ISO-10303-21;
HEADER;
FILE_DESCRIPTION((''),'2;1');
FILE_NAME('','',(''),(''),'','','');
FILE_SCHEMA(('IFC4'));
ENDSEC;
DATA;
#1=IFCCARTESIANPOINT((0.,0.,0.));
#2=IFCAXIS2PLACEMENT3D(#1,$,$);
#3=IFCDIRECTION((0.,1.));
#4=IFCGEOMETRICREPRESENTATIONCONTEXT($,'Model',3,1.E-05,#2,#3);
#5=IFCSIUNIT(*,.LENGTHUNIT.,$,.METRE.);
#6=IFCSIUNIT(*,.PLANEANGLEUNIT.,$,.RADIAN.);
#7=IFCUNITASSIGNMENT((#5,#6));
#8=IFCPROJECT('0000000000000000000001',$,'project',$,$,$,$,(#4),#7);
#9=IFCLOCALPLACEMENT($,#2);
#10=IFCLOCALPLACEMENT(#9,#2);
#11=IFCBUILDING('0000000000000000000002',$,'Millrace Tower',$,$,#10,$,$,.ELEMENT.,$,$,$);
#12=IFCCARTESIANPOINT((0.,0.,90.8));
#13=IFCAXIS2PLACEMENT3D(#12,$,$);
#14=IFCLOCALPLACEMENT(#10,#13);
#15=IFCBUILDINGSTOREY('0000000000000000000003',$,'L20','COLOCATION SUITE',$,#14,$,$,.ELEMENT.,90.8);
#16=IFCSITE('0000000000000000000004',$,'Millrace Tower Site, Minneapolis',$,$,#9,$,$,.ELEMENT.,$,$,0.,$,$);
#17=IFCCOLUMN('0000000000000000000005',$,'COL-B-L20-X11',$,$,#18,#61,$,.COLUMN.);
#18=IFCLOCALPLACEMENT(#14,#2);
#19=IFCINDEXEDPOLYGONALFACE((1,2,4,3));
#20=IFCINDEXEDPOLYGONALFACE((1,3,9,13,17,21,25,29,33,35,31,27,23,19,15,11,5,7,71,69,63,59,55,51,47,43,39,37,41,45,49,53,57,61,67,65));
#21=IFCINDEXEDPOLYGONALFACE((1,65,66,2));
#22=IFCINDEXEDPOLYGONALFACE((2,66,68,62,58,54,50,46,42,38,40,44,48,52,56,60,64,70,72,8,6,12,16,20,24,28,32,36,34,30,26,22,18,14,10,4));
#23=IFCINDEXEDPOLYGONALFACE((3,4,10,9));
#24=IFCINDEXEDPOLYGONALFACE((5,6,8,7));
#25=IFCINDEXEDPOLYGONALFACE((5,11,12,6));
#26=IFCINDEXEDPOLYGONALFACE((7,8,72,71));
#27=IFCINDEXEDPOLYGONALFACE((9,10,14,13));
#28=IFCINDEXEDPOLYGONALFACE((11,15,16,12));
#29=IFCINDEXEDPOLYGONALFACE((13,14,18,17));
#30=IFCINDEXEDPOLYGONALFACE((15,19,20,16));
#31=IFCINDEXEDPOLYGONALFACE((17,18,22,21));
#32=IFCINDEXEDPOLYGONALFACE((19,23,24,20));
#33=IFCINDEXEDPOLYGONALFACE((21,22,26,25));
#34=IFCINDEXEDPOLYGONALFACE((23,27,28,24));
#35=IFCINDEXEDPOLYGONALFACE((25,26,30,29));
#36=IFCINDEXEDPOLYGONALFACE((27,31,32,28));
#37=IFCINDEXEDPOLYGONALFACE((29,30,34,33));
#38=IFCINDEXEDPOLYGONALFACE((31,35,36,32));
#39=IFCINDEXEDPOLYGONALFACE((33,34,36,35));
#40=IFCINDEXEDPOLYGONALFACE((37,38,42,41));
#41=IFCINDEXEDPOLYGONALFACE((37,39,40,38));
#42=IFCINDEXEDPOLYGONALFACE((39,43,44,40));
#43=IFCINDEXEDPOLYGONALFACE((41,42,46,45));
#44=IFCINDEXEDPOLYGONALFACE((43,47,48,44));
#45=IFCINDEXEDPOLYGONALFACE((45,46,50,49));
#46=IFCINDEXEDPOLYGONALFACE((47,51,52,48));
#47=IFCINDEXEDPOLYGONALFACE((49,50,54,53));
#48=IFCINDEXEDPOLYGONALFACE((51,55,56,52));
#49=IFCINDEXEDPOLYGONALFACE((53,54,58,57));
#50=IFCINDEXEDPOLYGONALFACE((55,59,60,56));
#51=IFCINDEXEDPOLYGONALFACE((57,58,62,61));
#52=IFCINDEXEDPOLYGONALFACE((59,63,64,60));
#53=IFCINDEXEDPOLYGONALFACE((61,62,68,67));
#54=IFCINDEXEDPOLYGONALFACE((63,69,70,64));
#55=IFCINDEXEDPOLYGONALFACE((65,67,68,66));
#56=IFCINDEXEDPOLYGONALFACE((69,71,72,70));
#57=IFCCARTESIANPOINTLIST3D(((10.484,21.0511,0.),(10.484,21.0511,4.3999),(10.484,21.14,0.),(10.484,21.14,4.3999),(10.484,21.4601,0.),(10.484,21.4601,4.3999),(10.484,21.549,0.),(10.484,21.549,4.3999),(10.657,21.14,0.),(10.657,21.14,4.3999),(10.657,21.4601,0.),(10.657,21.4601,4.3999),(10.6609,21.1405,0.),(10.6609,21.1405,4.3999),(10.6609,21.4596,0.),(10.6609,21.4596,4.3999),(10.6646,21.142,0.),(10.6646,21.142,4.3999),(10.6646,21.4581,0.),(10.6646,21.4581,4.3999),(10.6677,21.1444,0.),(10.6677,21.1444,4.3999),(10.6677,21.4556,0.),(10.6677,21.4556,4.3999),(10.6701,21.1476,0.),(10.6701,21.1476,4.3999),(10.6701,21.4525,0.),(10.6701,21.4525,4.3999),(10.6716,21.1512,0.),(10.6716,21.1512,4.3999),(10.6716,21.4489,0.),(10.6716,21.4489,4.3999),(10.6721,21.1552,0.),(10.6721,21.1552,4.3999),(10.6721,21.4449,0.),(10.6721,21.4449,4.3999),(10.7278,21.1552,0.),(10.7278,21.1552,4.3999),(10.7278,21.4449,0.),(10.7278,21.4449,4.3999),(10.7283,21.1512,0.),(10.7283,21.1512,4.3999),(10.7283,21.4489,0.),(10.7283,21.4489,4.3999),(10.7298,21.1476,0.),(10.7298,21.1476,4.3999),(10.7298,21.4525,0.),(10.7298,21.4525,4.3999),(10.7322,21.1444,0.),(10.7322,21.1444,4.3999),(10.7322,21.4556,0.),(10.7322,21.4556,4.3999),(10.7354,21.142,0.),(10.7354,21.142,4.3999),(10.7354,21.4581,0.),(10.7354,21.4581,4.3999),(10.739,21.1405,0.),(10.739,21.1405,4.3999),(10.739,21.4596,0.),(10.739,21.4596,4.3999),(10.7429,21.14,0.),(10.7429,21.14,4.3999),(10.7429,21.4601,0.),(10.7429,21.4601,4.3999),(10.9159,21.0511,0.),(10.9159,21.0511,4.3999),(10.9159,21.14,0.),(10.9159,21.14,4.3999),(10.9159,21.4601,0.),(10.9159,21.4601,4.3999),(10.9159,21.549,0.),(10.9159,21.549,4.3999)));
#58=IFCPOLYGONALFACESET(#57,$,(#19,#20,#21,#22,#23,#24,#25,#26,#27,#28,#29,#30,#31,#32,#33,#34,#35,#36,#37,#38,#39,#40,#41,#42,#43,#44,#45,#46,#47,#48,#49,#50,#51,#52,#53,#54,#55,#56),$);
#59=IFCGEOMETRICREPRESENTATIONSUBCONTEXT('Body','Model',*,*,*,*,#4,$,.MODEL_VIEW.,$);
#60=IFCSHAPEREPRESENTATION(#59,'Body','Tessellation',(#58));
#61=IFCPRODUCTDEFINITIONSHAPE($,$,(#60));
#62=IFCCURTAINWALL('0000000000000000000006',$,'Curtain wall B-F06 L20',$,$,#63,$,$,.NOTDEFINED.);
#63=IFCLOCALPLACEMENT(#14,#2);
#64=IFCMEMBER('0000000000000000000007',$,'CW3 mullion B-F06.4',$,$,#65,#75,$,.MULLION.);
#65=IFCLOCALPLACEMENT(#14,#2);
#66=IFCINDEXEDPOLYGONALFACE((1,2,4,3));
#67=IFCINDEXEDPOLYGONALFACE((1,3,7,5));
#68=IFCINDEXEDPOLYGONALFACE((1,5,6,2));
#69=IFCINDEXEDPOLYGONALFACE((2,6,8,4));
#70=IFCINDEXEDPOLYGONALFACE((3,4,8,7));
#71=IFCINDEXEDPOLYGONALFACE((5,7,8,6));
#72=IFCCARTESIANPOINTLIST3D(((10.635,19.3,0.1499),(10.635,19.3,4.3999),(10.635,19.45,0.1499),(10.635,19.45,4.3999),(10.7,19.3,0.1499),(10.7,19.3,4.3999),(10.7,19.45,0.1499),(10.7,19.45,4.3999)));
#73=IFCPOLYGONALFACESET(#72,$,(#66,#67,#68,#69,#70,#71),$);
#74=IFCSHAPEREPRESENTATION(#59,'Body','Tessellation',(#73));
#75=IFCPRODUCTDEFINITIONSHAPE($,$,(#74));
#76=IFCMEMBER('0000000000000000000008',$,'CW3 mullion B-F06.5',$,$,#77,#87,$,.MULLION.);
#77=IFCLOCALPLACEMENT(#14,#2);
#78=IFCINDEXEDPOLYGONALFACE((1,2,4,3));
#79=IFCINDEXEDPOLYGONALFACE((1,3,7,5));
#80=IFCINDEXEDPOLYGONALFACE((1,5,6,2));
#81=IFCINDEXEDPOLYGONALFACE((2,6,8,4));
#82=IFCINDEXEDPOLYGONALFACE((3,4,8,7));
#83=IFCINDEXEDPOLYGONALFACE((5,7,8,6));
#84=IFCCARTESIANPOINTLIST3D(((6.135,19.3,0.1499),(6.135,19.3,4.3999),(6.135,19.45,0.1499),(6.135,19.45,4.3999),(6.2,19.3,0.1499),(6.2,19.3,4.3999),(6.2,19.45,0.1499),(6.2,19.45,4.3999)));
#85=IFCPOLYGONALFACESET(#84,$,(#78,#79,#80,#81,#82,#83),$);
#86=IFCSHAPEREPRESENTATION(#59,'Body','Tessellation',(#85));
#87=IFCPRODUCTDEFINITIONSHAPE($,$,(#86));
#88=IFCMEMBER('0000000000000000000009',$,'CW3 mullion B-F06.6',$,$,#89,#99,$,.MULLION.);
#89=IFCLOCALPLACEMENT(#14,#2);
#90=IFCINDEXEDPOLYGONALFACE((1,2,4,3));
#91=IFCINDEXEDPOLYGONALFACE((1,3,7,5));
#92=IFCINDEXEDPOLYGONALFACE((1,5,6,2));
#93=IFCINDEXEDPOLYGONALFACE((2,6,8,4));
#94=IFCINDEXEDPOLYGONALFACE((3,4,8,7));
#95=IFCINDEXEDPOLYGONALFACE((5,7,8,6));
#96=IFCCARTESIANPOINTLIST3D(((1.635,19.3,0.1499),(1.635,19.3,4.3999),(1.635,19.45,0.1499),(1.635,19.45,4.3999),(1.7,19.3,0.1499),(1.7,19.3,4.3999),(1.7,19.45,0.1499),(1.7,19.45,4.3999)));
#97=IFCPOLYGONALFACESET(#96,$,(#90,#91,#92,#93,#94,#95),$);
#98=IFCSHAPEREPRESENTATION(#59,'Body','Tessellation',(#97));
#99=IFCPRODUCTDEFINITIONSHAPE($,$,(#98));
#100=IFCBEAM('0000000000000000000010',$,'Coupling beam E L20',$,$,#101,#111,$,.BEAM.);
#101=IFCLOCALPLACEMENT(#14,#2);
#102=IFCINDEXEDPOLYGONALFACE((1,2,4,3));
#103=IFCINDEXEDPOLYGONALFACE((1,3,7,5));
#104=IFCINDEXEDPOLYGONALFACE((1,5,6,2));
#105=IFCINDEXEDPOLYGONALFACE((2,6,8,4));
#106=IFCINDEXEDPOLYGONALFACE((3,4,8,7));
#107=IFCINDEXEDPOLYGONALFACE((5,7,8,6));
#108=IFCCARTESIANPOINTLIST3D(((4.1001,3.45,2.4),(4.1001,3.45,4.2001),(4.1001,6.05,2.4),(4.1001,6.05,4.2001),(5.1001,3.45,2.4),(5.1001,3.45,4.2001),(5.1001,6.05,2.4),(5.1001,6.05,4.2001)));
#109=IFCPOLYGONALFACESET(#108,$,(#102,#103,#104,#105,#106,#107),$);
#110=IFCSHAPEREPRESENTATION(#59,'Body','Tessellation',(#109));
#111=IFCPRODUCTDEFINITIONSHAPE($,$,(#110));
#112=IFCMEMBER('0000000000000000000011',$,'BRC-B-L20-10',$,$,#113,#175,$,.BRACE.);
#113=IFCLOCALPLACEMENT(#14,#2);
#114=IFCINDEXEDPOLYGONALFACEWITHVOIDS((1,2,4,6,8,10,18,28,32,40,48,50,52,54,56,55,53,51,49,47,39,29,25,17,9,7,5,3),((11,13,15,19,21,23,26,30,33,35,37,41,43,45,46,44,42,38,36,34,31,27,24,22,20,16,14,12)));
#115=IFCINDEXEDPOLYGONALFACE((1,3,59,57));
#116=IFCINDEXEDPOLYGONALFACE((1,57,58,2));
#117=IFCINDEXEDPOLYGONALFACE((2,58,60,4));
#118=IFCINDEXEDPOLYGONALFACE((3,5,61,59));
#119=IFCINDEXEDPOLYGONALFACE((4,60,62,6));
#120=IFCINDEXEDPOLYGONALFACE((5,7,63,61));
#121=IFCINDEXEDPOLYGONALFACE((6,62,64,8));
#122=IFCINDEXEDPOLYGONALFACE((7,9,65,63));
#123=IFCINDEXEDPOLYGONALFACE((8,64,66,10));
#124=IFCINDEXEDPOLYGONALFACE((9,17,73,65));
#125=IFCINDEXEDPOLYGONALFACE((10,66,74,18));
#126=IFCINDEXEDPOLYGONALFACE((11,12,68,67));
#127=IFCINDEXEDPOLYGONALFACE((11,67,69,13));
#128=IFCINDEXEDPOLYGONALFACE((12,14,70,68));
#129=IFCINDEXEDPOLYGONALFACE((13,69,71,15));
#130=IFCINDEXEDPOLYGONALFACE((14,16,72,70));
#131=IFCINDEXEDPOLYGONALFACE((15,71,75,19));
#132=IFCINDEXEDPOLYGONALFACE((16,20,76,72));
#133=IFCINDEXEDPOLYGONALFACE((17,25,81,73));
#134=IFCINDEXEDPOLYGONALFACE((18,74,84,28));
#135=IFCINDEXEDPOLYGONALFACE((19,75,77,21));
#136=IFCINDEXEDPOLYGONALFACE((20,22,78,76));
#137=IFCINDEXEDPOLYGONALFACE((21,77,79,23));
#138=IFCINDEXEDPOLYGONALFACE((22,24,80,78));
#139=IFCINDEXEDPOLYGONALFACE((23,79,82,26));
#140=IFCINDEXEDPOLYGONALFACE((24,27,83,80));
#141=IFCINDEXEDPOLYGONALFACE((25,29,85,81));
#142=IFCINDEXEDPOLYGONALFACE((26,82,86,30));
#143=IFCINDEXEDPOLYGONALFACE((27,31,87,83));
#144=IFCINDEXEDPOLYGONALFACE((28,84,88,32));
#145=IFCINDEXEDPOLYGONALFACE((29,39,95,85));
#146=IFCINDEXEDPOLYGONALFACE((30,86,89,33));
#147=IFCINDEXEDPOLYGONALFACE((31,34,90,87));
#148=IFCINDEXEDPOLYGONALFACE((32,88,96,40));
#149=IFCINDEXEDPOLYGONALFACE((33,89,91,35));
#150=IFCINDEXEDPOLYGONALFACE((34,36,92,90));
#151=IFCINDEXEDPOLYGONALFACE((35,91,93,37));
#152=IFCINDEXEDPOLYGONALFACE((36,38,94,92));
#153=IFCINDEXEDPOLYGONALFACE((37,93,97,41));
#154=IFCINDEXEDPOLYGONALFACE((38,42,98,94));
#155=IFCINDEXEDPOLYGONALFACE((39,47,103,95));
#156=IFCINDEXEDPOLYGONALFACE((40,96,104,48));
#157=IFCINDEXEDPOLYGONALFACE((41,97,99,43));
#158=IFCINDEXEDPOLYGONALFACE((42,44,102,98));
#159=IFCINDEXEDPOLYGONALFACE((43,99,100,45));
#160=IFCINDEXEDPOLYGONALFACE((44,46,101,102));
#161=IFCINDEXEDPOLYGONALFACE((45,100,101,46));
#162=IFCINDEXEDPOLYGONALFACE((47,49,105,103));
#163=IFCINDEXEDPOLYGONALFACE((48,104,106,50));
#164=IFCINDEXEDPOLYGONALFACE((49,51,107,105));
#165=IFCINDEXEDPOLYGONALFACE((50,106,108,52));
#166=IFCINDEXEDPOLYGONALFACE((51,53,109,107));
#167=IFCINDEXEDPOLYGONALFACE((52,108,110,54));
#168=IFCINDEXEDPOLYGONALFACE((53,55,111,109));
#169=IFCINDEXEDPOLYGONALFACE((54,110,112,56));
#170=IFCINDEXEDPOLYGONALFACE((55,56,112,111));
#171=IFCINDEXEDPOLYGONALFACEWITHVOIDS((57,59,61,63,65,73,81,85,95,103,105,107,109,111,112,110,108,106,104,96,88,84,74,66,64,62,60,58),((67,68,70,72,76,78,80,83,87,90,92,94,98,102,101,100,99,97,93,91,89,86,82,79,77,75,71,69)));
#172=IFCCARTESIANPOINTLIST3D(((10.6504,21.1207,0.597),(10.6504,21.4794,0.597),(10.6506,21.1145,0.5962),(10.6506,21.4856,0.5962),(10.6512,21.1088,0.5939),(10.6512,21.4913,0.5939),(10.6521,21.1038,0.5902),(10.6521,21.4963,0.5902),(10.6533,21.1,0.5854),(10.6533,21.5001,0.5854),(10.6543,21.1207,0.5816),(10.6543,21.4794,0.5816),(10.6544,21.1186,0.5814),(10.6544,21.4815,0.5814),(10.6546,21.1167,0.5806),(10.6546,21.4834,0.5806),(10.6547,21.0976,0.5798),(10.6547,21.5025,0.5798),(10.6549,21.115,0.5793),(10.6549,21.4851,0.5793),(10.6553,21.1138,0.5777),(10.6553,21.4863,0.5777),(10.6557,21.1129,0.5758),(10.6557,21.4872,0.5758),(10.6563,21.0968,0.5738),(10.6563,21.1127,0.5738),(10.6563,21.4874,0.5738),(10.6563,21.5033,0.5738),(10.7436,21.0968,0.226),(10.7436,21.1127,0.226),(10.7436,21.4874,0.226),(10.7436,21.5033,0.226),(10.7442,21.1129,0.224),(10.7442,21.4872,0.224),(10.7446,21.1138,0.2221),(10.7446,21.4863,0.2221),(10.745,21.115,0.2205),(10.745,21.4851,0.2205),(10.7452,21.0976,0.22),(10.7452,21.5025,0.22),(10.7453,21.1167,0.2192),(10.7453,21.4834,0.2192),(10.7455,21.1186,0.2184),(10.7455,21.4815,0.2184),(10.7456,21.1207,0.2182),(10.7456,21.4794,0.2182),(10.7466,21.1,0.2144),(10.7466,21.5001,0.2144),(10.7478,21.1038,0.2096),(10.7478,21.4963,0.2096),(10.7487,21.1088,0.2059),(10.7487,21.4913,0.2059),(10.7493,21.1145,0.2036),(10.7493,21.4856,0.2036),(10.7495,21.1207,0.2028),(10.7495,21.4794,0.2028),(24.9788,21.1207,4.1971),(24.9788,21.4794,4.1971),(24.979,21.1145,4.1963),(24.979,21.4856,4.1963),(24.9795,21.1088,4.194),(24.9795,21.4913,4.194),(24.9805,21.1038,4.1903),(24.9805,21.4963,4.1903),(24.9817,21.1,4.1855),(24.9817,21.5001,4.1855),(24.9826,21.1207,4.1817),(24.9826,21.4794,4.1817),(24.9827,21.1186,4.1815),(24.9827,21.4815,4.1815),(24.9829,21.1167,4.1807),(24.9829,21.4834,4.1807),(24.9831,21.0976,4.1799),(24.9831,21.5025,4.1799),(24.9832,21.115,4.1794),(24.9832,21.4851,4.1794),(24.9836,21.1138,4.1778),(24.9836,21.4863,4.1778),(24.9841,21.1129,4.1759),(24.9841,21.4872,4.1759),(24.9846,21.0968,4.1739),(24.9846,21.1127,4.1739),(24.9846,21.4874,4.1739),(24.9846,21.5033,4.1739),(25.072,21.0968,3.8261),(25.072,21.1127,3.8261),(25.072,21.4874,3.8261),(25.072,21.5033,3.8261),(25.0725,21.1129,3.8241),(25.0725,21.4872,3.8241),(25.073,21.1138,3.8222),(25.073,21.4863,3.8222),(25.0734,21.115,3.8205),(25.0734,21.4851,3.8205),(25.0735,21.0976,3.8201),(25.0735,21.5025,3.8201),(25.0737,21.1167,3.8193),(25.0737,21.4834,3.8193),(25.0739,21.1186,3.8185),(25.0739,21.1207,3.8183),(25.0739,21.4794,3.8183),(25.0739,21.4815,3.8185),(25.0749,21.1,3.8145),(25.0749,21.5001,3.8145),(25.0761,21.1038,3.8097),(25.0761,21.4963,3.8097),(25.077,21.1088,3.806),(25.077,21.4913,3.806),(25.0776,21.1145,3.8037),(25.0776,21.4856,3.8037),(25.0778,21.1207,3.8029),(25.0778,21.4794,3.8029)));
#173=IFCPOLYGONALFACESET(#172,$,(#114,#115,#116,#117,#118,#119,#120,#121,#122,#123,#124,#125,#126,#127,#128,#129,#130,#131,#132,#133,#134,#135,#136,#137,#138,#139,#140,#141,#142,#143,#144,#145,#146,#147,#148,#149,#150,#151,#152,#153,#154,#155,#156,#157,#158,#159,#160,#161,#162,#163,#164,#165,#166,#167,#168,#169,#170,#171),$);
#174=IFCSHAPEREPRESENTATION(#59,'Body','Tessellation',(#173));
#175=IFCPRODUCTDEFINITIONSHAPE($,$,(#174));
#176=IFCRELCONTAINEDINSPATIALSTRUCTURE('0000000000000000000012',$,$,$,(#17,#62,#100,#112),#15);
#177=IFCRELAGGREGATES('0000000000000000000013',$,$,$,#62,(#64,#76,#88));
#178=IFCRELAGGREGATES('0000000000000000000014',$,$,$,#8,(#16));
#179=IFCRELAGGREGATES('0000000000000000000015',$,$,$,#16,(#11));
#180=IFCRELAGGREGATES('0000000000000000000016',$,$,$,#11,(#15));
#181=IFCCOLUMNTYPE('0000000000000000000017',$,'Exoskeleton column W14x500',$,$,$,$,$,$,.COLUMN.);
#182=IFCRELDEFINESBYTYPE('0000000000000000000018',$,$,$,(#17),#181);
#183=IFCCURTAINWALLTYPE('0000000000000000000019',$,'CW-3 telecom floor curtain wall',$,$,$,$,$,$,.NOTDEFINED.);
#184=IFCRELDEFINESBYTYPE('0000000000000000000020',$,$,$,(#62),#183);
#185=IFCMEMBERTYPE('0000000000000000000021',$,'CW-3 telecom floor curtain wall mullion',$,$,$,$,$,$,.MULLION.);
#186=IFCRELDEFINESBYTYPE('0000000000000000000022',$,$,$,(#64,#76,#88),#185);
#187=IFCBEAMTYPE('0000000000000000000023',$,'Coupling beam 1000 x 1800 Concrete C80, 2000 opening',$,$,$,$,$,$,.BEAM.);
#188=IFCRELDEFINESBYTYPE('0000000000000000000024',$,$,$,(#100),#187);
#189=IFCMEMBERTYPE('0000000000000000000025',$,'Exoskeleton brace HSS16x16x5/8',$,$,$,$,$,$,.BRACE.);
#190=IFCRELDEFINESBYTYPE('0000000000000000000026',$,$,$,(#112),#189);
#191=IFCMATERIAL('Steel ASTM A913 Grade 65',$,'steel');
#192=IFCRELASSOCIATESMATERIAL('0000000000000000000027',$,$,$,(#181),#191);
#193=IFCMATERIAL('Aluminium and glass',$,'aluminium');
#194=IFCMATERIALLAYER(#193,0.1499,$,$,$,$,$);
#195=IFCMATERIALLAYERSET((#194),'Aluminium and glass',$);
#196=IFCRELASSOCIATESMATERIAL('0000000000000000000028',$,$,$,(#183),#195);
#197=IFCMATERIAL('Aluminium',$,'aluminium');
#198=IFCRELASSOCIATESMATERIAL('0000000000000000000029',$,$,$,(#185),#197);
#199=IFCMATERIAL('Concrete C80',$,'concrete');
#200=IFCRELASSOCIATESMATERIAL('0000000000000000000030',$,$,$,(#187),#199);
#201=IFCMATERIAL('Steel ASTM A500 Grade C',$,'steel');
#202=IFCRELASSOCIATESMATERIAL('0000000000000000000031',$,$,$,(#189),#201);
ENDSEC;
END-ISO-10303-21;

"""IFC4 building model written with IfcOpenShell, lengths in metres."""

from ifc_helpers import new_model, si_unit, direction, frame, origin, origin_2d, place, context, subcontext, project, spatial, rectangle, hollow_rectangle, i_section, extrude, material, layer, layer_set, material_profile, profile_set, type_object, element, aggregate, save


model = new_model("IFC4")

# Units and contexts
model_context = context("Model", 3, precision=1e-05, world=origin(), true_north=direction((0.0, 1.0)))
body_context = subcontext(model_context, "Body", "Model", "MODEL_VIEW")
ifc_project = project(units=[si_unit("LENGTHUNIT", "METRE"), si_unit("PLANEANGLEUNIT", "RADIAN")], contexts=[model_context])

# Site, building, storey
site_placement = place(None, origin())
site = spatial("IfcSite", under=ifc_project, at=site_placement, Name="Millrace Tower Site, Minneapolis", CompositionType="ELEMENT", RefElevation=0.0)
building_placement = place(site_placement, origin())
building = spatial("IfcBuilding", under=site, at=building_placement, Name="Millrace Tower", CompositionType="ELEMENT")
storey_placement = place(building_placement, frame((0.0, 0.0, 90.8)))
storey = spatial("IfcBuildingStorey", under=building, at=storey_placement, Name="L20", Description="COLOCATION SUITE", CompositionType="ELEMENT", Elevation=90.8)

# Column
ifc_material_1 = material(Name="Steel ASTM A913 Grade 65", Category="steel")
ifc_material_profile_1 = material_profile(ifc_material_1, i_section(OverallWidth=0.4319, OverallDepth=0.4978, WebThickness=0.0557, FlangeThickness=0.0889, FilletRadius=0.0151, at=origin_2d()))
ifc_profile_set_1 = profile_set([ifc_material_profile_1], Name="Steel ASTM A913 Grade 65")
column_type = type_object("IfcColumnType", Name="Exoskeleton column W14x500", PredefinedType="COLUMN", material=ifc_profile_set_1)
column_placement = place(storey_placement, frame((10.7, 21.3, 0.0), z_axis=(0.0, 0.0, 1.0), x_axis=(-1.0, 0.0, 0.0)))
element("IfcColumn", 1, at=column_placement, inside=storey, type_object=column_type, Name="COL-B-L20-X11", PredefinedType="COLUMN", context=body_context, shape_type="SweptSolid", body=[
    extrude(i_section(OverallWidth=0.4319, OverallDepth=0.4978, WebThickness=0.0557, FlangeThickness=0.0889, FilletRadius=0.0151, at=origin_2d()), origin(), (0.0, 0.0, 1.0), 4.3999),
])

# Curtain wall, members
ifc_material_2 = material(Name="Aluminium and glass", Category="aluminium")
ifc_layer_1 = layer(ifc_material_2, 0.1499)
ifc_layer_set_1 = layer_set([ifc_layer_1], Name="Aluminium and glass")
curtain_wall_type = type_object("IfcCurtainWallType", Name="CW-3 telecom floor curtain wall", PredefinedType="NOTDEFINED", material=ifc_layer_set_1)
curtain_wall_placement = place(storey_placement, origin())
curtain_wall = element("IfcCurtainWall", 2, at=curtain_wall_placement, inside=storey, type_object=curtain_wall_type, Name="Curtain wall B-F06 L20", PredefinedType="NOTDEFINED")
ifc_material_3 = material(Name="Aluminium", Category="aluminium")
ifc_material_profile_2 = material_profile(ifc_material_3, rectangle(XDim=0.0649, YDim=0.1499, at=origin_2d()))
ifc_profile_set_2 = profile_set([ifc_material_profile_2], Name="Aluminium")
member_type_1 = type_object("IfcMemberType", Name="CW-3 telecom floor curtain wall mullion", PredefinedType="MULLION", material=ifc_profile_set_2)
member_1_placement = place(storey_placement, frame((10.6675, 19.375, 0.1499), z_axis=(0.0, 0.0, 1.0), x_axis=(-1.0, 0.0, 0.0)))
member_1 = element("IfcMember", 3, at=member_1_placement, type_object=member_type_1, Name="CW3 mullion B-F06.4", PredefinedType="MULLION", context=body_context, shape_type="SweptSolid", body=[
    extrude(rectangle(XDim=0.0649, YDim=0.1499, at=origin_2d()), origin(), (0.0, 0.0, 1.0), 4.25),
])
member_2_placement = place(storey_placement, frame((6.1675, 19.375, 0.1499), z_axis=(0.0, 0.0, 1.0), x_axis=(-1.0, 0.0, 0.0)))
member_2 = element("IfcMember", 4, at=member_2_placement, type_object=member_type_1, Name="CW3 mullion B-F06.5", PredefinedType="MULLION", context=body_context, shape_type="SweptSolid", body=[
    extrude(rectangle(XDim=0.0649, YDim=0.1499, at=origin_2d()), origin(), (0.0, 0.0, 1.0), 4.25),
])
member_3_placement = place(storey_placement, frame((1.6675, 19.375, 0.1499), z_axis=(0.0, 0.0, 1.0), x_axis=(-1.0, 0.0, 0.0)))
member_3 = element("IfcMember", 5, at=member_3_placement, type_object=member_type_1, Name="CW3 mullion B-F06.6", PredefinedType="MULLION", context=body_context, shape_type="SweptSolid", body=[
    extrude(rectangle(XDim=0.0649, YDim=0.1499, at=origin_2d()), origin(), (0.0, 0.0, 1.0), 4.25),
])
aggregate(curtain_wall, [member_1, member_2, member_3])

# Beam
ifc_material_4 = material(Name="Concrete C80", Category="concrete")
ifc_material_profile_3 = material_profile(ifc_material_4, rectangle(XDim=1.0, YDim=1.8, at=origin_2d()))
ifc_profile_set_3 = profile_set([ifc_material_profile_3], Name="Concrete C80")
beam_type_1 = type_object("IfcBeamType", Name="Coupling beam 1000 x 1800 Concrete C80, 2000 opening", PredefinedType="BEAM", material=ifc_profile_set_3)
beam_1_placement = place(storey_placement, frame((4.6001, 6.05, 3.3), z_axis=(0.0, -1.0, 0.0), x_axis=(1.0, 0.0, 0.0)))
element("IfcBeam", 6, at=beam_1_placement, inside=storey, type_object=beam_type_1, Name="Coupling beam E L20", PredefinedType="BEAM", context=body_context, shape_type="SweptSolid", body=[
    extrude(rectangle(XDim=1.0, YDim=1.8, at=origin_2d()), origin(), (0.0, 0.0, 1.0), 2.6001),
])

# Member
ifc_material_5 = material(Name="Steel ASTM A500 Grade C", Category="steel")
ifc_material_profile_4 = material_profile(ifc_material_5, hollow_rectangle(XDim=0.4065, YDim=0.4065, WallThickness=0.0159, InnerFilletRadius=0.0081, OuterFilletRadius=0.0239, at=origin_2d()))
ifc_profile_set_4 = profile_set([ifc_material_profile_4], Name="Steel ASTM A500 Grade C")
member_type_2 = type_object("IfcMemberType", Name="Exoskeleton brace HSS16x16x5/8", PredefinedType="BRACE", material=ifc_profile_set_4)
member_4_placement = place(storey_placement, frame((10.7, 21.3, 0.3999), z_axis=(0.969855, 0.0, 0.243683), x_axis=(0.0, 1.0, 0.0)))
element("IfcMember", 7, at=member_4_placement, inside=storey, type_object=member_type_2, Name="BRC-B-L20-10", PredefinedType="BRACE", context=body_context, shape_type="SweptSolid", body=[
    extrude(hollow_rectangle(XDim=0.4065, YDim=0.4065, WallThickness=0.0159, InnerFilletRadius=0.0081, OuterFilletRadius=0.0239, at=origin_2d()), origin(), (0.0, 0.0, 1.0), 14.7737),
])

save(model, "model.ifc")
